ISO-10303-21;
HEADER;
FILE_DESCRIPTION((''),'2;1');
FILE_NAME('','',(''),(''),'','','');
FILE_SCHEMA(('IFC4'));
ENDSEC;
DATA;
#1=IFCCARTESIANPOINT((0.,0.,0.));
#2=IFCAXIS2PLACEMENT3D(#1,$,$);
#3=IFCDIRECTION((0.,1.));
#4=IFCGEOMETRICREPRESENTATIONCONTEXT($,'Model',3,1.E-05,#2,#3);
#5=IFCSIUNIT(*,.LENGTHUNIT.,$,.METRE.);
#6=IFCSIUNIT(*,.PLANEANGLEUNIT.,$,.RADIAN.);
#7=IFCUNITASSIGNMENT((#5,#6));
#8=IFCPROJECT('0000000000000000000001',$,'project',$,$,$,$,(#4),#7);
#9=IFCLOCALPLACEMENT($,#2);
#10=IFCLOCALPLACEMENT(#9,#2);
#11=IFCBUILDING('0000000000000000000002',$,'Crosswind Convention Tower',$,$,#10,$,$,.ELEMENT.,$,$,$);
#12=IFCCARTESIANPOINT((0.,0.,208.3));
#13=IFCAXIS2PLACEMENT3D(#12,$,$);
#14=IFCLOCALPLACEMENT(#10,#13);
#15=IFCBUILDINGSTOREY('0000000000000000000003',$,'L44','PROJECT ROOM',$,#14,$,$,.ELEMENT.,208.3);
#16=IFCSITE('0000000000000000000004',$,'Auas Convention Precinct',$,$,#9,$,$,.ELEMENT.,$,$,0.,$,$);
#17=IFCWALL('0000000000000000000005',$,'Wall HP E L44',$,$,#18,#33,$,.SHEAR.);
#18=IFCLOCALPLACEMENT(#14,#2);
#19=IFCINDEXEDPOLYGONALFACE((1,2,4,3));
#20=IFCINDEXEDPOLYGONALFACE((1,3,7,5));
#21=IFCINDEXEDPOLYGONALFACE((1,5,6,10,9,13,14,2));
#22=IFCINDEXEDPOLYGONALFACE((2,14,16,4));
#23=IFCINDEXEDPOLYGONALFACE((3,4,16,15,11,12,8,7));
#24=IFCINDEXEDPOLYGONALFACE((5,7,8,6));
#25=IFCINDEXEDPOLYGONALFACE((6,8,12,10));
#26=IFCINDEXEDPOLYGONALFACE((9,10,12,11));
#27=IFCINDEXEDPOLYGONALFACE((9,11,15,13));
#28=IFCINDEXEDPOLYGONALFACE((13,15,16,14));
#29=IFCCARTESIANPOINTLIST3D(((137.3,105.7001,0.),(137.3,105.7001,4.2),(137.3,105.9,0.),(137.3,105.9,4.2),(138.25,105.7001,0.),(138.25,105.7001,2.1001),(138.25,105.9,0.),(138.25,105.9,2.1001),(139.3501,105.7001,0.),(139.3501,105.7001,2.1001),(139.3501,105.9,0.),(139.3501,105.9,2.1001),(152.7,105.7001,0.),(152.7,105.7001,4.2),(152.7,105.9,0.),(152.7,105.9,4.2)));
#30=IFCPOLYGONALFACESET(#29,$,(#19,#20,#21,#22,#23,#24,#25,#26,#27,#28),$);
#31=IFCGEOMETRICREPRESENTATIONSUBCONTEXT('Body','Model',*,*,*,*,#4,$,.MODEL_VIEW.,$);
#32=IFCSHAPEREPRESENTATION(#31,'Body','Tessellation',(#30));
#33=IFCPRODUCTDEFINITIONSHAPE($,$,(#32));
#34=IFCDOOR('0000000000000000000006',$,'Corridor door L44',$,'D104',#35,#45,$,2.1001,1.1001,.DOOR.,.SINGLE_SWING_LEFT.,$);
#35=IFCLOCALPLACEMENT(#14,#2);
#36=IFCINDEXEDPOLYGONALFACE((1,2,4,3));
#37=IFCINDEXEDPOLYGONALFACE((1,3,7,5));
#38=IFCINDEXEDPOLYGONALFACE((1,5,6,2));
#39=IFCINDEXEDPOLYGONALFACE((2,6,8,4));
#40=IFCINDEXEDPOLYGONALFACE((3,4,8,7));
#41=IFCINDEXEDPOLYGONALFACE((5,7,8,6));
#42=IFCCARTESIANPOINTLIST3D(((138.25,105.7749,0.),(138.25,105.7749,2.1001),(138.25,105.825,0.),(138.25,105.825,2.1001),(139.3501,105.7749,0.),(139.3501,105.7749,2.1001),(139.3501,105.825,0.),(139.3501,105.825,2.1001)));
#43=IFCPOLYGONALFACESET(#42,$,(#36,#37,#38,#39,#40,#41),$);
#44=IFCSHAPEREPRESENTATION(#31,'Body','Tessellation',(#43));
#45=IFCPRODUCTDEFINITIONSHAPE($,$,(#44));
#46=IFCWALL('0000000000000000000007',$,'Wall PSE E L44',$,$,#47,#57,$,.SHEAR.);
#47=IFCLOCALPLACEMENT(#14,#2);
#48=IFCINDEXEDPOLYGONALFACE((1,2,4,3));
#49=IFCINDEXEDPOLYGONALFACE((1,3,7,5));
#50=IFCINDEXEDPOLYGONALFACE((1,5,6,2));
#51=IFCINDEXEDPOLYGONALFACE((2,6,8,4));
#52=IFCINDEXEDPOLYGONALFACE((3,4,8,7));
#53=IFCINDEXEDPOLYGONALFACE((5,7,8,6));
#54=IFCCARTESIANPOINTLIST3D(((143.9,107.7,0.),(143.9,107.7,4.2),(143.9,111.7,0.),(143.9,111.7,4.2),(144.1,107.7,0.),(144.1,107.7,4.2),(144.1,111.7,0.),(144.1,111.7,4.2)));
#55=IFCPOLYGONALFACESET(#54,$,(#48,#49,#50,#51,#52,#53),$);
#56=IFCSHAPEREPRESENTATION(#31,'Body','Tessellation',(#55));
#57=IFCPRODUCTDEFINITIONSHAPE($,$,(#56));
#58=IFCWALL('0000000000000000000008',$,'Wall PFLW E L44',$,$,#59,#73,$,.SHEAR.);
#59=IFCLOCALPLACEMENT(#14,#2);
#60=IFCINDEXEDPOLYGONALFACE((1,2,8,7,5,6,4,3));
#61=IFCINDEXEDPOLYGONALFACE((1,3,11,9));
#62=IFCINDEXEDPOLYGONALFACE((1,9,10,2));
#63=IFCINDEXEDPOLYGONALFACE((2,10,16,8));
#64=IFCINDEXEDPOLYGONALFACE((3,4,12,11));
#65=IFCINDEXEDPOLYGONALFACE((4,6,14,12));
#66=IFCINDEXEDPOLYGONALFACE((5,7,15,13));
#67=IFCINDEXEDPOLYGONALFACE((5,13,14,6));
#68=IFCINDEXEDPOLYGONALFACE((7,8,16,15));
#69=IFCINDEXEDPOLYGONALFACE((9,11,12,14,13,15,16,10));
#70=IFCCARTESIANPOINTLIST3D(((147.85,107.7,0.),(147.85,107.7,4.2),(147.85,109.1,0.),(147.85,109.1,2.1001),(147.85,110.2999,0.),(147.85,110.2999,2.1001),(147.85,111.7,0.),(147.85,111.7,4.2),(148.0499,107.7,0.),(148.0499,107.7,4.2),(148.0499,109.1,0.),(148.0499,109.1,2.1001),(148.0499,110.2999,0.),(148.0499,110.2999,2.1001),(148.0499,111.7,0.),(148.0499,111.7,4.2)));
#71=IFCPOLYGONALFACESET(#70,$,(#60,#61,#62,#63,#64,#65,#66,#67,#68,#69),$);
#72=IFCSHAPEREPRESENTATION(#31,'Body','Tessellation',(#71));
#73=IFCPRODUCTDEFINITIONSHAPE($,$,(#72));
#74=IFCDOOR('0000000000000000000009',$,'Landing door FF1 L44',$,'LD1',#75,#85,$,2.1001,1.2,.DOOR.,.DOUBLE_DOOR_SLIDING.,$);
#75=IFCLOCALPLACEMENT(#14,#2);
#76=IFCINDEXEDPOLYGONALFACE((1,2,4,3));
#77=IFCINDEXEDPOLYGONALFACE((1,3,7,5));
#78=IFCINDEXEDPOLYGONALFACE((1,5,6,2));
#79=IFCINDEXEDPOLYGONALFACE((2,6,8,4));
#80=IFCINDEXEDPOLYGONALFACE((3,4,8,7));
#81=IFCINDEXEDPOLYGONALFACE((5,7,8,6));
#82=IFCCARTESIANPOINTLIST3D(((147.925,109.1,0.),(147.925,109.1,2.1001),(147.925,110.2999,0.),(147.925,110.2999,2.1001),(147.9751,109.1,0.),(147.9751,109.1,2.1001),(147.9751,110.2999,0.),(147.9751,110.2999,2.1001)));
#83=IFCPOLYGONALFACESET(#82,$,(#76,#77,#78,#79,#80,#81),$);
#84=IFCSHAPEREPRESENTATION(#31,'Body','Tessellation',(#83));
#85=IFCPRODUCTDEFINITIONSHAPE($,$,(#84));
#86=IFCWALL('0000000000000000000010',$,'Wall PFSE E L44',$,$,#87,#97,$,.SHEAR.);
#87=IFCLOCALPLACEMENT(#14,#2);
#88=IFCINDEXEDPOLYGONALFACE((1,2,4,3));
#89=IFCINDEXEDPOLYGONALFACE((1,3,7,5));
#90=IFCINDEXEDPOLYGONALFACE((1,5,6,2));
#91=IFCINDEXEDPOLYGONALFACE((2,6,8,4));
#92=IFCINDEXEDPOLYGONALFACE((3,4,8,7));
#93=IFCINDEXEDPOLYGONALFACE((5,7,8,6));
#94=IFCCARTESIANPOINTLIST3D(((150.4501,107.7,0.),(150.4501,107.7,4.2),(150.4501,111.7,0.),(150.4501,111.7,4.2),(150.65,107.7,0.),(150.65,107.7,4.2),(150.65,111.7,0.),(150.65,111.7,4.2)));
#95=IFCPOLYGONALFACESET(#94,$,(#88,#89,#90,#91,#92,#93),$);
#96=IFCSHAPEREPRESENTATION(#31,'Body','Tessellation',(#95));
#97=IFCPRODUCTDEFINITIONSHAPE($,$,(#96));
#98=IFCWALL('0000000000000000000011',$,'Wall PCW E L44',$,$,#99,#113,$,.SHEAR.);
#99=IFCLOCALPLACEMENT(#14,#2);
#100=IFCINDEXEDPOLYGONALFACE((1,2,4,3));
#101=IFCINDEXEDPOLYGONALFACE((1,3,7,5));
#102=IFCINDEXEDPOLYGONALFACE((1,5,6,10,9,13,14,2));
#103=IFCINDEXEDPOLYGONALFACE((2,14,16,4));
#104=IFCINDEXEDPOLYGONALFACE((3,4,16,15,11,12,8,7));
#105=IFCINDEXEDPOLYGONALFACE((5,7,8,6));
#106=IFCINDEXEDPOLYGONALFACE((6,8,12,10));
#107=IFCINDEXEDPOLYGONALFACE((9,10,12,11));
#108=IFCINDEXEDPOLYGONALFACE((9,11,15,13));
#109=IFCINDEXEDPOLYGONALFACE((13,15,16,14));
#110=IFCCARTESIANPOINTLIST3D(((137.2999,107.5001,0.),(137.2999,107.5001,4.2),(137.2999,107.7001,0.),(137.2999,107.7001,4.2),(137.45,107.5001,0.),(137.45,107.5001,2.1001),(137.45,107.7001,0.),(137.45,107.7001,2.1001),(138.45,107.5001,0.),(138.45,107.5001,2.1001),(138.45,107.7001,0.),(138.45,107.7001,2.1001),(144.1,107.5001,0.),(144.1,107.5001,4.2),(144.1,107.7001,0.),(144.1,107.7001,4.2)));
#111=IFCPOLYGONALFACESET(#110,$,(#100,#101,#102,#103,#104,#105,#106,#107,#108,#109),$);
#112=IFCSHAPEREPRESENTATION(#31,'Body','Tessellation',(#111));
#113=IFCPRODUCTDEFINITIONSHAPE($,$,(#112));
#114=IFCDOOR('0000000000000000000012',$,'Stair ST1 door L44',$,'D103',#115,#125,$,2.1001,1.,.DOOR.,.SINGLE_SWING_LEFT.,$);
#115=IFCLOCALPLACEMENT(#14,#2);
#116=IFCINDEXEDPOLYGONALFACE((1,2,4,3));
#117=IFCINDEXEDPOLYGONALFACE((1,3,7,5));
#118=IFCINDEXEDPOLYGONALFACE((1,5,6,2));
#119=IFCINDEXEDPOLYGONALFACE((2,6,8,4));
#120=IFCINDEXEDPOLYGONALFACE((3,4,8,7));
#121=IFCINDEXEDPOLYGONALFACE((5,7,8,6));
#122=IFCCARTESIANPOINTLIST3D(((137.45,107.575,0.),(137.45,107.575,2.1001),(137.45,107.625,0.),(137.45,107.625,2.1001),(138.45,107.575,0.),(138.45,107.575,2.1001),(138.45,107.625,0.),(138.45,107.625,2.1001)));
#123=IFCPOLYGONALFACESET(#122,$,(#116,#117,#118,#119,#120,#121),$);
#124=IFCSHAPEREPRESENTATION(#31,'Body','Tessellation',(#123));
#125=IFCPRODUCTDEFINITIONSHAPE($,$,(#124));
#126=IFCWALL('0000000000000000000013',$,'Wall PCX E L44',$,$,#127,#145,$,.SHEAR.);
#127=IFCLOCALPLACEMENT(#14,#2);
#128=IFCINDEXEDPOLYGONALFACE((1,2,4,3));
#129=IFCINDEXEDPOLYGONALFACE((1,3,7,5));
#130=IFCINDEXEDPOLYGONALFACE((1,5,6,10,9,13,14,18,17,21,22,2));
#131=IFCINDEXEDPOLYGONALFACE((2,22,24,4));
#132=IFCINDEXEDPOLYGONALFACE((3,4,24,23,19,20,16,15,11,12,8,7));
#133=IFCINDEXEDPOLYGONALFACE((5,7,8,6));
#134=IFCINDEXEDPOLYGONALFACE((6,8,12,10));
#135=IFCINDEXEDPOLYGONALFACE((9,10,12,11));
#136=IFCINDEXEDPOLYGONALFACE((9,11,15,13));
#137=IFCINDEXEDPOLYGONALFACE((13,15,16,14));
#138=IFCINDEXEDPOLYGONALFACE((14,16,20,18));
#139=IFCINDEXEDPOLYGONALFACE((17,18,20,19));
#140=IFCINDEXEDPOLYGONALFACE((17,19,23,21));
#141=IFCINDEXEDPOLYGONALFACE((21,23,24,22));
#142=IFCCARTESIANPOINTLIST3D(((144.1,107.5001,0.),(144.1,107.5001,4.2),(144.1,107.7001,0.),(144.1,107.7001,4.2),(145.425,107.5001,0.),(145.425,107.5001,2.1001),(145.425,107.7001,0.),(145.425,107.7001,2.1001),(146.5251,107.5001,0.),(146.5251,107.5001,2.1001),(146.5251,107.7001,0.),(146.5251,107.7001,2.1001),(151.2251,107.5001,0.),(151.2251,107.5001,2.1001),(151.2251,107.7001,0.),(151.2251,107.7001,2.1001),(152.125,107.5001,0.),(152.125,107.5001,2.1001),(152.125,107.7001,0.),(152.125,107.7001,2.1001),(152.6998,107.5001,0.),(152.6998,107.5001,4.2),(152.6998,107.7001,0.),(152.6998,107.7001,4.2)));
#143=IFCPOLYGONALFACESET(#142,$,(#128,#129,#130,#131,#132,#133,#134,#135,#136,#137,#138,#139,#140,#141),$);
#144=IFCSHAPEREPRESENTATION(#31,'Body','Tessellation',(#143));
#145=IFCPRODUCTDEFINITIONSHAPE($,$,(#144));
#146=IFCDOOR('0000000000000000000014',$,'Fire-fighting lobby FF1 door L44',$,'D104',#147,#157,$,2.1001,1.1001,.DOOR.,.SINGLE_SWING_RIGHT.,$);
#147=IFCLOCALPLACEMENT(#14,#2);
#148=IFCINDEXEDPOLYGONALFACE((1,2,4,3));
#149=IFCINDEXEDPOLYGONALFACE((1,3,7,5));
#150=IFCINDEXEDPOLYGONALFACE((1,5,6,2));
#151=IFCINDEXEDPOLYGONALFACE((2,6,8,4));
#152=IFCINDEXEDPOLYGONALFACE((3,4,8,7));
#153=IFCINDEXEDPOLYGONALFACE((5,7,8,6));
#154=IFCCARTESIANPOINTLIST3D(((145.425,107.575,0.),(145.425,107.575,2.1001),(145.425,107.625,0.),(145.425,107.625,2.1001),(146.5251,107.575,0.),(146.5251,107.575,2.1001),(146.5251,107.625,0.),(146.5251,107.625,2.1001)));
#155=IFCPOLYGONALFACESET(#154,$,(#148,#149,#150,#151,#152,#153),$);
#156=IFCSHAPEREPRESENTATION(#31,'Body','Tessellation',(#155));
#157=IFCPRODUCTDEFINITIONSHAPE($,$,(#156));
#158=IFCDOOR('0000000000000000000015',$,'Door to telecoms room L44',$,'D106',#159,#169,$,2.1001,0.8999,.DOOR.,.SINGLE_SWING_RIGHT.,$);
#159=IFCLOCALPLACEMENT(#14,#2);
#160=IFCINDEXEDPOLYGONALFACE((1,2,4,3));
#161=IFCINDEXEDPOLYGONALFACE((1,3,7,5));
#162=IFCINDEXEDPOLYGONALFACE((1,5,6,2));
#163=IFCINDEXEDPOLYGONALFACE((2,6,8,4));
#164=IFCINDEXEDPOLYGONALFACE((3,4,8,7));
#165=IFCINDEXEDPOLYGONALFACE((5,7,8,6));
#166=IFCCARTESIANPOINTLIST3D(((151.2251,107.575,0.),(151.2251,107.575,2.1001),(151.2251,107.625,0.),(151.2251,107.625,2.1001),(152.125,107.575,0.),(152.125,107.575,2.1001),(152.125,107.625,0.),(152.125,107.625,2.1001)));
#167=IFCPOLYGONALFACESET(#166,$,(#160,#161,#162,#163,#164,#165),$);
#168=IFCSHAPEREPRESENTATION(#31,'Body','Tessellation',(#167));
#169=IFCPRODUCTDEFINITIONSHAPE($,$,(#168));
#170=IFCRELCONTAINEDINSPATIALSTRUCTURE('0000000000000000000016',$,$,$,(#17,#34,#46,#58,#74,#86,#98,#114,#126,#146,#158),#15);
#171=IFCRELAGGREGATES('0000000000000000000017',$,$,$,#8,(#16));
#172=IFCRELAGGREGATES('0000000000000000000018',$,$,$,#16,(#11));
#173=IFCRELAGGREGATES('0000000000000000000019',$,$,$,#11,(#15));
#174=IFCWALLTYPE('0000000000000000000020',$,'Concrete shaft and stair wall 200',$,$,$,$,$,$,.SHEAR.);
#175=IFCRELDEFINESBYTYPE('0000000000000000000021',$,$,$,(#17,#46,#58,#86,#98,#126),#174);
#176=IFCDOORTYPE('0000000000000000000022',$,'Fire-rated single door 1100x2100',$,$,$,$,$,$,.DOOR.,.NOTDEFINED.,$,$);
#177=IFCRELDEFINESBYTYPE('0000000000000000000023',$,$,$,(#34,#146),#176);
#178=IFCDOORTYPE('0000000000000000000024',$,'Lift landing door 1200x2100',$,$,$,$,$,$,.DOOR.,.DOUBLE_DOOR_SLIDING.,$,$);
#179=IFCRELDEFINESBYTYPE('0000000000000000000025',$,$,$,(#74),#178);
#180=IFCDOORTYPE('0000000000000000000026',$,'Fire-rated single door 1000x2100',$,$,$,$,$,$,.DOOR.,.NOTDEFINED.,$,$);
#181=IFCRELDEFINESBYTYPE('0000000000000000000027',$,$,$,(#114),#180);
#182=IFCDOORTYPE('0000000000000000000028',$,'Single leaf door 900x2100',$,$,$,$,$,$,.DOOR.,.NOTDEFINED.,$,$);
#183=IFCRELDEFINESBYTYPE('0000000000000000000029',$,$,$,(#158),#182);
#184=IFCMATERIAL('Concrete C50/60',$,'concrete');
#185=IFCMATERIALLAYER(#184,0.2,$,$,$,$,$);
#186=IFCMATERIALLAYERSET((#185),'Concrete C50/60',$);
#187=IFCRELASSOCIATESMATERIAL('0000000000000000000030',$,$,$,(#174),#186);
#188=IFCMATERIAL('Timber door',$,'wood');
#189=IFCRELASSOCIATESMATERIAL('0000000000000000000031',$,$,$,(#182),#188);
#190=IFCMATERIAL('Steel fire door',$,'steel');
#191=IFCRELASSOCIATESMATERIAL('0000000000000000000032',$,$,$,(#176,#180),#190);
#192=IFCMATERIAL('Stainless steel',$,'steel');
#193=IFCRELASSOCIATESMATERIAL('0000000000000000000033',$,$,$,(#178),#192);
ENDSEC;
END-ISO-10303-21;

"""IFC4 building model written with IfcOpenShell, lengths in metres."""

from ifc_helpers import new_model, si_unit, direction, frame, frame_2d, origin, place, context, subcontext, project, spatial, rectangle, extrude, material, layer, layer_set, type_object, element, fill, save


model = new_model("IFC4")

# Units and contexts
model_context = context("Model", 3, precision=1e-05, world=origin(), true_north=direction((0.0, 1.0)))
body_context = subcontext(model_context, "Body", "Model", "MODEL_VIEW")
ifc_project = project(units=[si_unit("LENGTHUNIT", "METRE"), si_unit("PLANEANGLEUNIT", "RADIAN")], contexts=[model_context])

# Site, building, storey
site_placement = place(None, origin())
site = spatial("IfcSite", under=ifc_project, at=site_placement, Name="Auas Convention Precinct", CompositionType="ELEMENT", RefElevation=0.0)
building_placement = place(site_placement, origin())
building = spatial("IfcBuilding", under=site, at=building_placement, Name="Crosswind Convention Tower", CompositionType="ELEMENT")
storey_placement = place(building_placement, frame((0.0, 0.0, 208.3)))
storey = spatial("IfcBuildingStorey", under=building, at=storey_placement, Name="L44", Description="PROJECT ROOM", CompositionType="ELEMENT", Elevation=208.3)

# Shared definitions
ifc_material_1 = material(Name="Concrete C50/60", Category="concrete")
ifc_layer_1 = layer(ifc_material_1, 0.2)
ifc_layer_set_1 = layer_set([ifc_layer_1], Name="Concrete C50/60")
wall_type_1 = type_object("IfcWallType", Name="Concrete shaft and stair wall 200", PredefinedType="SHEAR", material=ifc_layer_set_1)

# Shared definitions
ifc_material_2 = material(Name="Timber door", Category="wood")
door_type_1 = type_object("IfcDoorType", Name="Single leaf door 900x2100", OperationType="NOTDEFINED", PredefinedType="DOOR", material=ifc_material_2)

# Wall, opening, door
wall_1_placement = place(storey_placement, frame((137.3, 105.8, 0.0), z_axis=(0.0, 0.0, 1.0), x_axis=(1.0, 0.0, 0.0)))
wall_1 = element("IfcWall", 1, at=wall_1_placement, inside=storey, type_object=wall_type_1, Name="Wall HP E L44", PredefinedType="SHEAR", context=body_context, shape_type="SweptSolid", body=[
    extrude(rectangle(XDim=15.3999, YDim=0.2, at=frame_2d((7.7, 0.0))), origin(), (0.0, 0.0, 1.0), 4.2),
])
opening_1_placement = place(wall_1_placement, frame((0.95, 0.0, 0.0)))
opening_1 = element("IfcOpeningElement", 2, at=opening_1_placement, cuts=wall_1, PredefinedType="OPENING", context=body_context, shape_type="SweptSolid", body=[
    extrude(rectangle(XDim=1.1001, YDim=2.1001, at=frame_2d((0.55, 1.05))), frame((0.0, 0.1099, 0.0), z_axis=(0.0, -1.0, 0.0), x_axis=(1.0, 0.0, 0.0)), (0.0, 0.0, 1.0), 0.22),
])
ifc_material_3 = material(Name="Steel fire door", Category="steel")
door_type_2 = type_object("IfcDoorType", Name="Fire-rated single door 1100x2100", OperationType="NOTDEFINED", PredefinedType="DOOR", material=ifc_material_3)
door_1_placement = place(opening_1_placement, origin())
door_1 = element("IfcDoor", 3, at=door_1_placement, inside=storey, type_object=door_type_2, Name="Corridor door L44", ObjectType="D104", OperationType="SINGLE_SWING_LEFT", OverallHeight=2.1001, OverallWidth=1.1001, PredefinedType="DOOR", context=body_context, shape_type="SweptSolid", body=[
    extrude(rectangle(XDim=1.1001, YDim=2.1001, at=frame_2d((0.55, 1.05))), frame((0.0, 0.0249, 0.0), z_axis=(0.0, -1.0, 0.0), x_axis=(1.0, 0.0, 0.0)), (0.0, 0.0, 1.0), 0.05),
])
fill(opening_1, door_1)

# Wall
wall_2_placement = place(storey_placement, frame((144.0, 107.7, 0.0), z_axis=(0.0, 0.0, 1.0), x_axis=(0.0, 1.0, 0.0)))
element("IfcWall", 4, at=wall_2_placement, inside=storey, type_object=wall_type_1, Name="Wall PSE E L44", PredefinedType="SHEAR", context=body_context, shape_type="SweptSolid", body=[
    extrude(rectangle(XDim=4.0, YDim=0.2, at=frame_2d((2.0, 0.0))), origin(), (0.0, 0.0, 1.0), 4.2),
])

# Wall, opening, door
wall_3_placement = place(storey_placement, frame((147.95, 107.7, 0.0), z_axis=(0.0, 0.0, 1.0), x_axis=(0.0, 1.0, 0.0)))
wall_3 = element("IfcWall", 5, at=wall_3_placement, inside=storey, type_object=wall_type_1, Name="Wall PFLW E L44", PredefinedType="SHEAR", context=body_context, shape_type="SweptSolid", body=[
    extrude(rectangle(XDim=4.0, YDim=0.2, at=frame_2d((2.0, 0.0))), origin(), (0.0, 0.0, 1.0), 4.2),
])
opening_2_placement = place(wall_3_placement, frame((1.3999, 0.0, 0.0)))
opening_2 = element("IfcOpeningElement", 6, at=opening_2_placement, cuts=wall_3, PredefinedType="OPENING", context=body_context, shape_type="SweptSolid", body=[
    extrude(rectangle(XDim=1.2, YDim=2.1001, at=frame_2d((0.6001, 1.05))), frame((0.0, 0.1099, 0.0), z_axis=(0.0, -1.0, 0.0), x_axis=(1.0, 0.0, 0.0)), (0.0, 0.0, 1.0), 0.22),
])
ifc_material_4 = material(Name="Stainless steel", Category="steel")
door_type_3 = type_object("IfcDoorType", Name="Lift landing door 1200x2100", OperationType="DOUBLE_DOOR_SLIDING", PredefinedType="DOOR", material=ifc_material_4)
door_2_placement = place(opening_2_placement, origin())
door_2 = element("IfcDoor", 7, at=door_2_placement, inside=storey, type_object=door_type_3, Name="Landing door FF1 L44", ObjectType="LD1", OperationType="DOUBLE_DOOR_SLIDING", OverallHeight=2.1001, OverallWidth=1.2, PredefinedType="DOOR", context=body_context, shape_type="SweptSolid", body=[
    extrude(rectangle(XDim=1.2, YDim=2.1001, at=frame_2d((0.6001, 1.05))), frame((0.0, 0.0249, 0.0), z_axis=(0.0, -1.0, 0.0), x_axis=(1.0, 0.0, 0.0)), (0.0, 0.0, 1.0), 0.05),
])
fill(opening_2, door_2)

# Wall
wall_4_placement = place(storey_placement, frame((150.55, 107.7, 0.0), z_axis=(0.0, 0.0, 1.0), x_axis=(0.0, 1.0, 0.0)))
element("IfcWall", 8, at=wall_4_placement, inside=storey, type_object=wall_type_1, Name="Wall PFSE E L44", PredefinedType="SHEAR", context=body_context, shape_type="SweptSolid", body=[
    extrude(rectangle(XDim=4.0, YDim=0.2, at=frame_2d((2.0, 0.0))), origin(), (0.0, 0.0, 1.0), 4.2),
])

# Wall, opening, door
wall_5_placement = place(storey_placement, frame((137.3, 107.6001, 0.0), z_axis=(0.0, 0.0, 1.0), x_axis=(1.0, 0.0, 0.0)))
wall_5 = element("IfcWall", 9, at=wall_5_placement, inside=storey, type_object=wall_type_1, Name="Wall PCW E L44", PredefinedType="SHEAR", context=body_context, shape_type="SweptSolid", body=[
    extrude(rectangle(XDim=6.8, YDim=0.2, at=frame_2d((3.3999, 0.0))), origin(), (0.0, 0.0, 1.0), 4.2),
])
opening_3_placement = place(wall_5_placement, frame((0.1499, 0.0, 0.0)))
opening_3 = element("IfcOpeningElement", 10, at=opening_3_placement, cuts=wall_5, PredefinedType="OPENING", context=body_context, shape_type="SweptSolid", body=[
    extrude(rectangle(XDim=1.0, YDim=2.1001, at=frame_2d((0.5, 1.05))), frame((0.0, 0.1099, 0.0), z_axis=(0.0, -1.0, 0.0), x_axis=(1.0, 0.0, 0.0)), (0.0, 0.0, 1.0), 0.22),
])
door_type_4 = type_object("IfcDoorType", Name="Fire-rated single door 1000x2100", OperationType="NOTDEFINED", PredefinedType="DOOR", material=ifc_material_3)
door_3_placement = place(opening_3_placement, origin())
door_3 = element("IfcDoor", 11, at=door_3_placement, inside=storey, type_object=door_type_4, Name="Stair ST1 door L44", ObjectType="D103", OperationType="SINGLE_SWING_LEFT", OverallHeight=2.1001, OverallWidth=1.0, PredefinedType="DOOR", context=body_context, shape_type="SweptSolid", body=[
    extrude(rectangle(XDim=1.0, YDim=2.1001, at=frame_2d((0.5, 1.05))), frame((0.0, 0.0249, 0.0), z_axis=(0.0, -1.0, 0.0), x_axis=(1.0, 0.0, 0.0)), (0.0, 0.0, 1.0), 0.05),
])
fill(opening_3, door_3)

# Wall, openings, doors
wall_6_placement = place(storey_placement, frame((144.1001, 107.6001, 0.0), z_axis=(0.0, 0.0, 1.0), x_axis=(1.0, 0.0, 0.0)))
wall_6 = element("IfcWall", 12, at=wall_6_placement, inside=storey, type_object=wall_type_1, Name="Wall PCX E L44", PredefinedType="SHEAR", context=body_context, shape_type="SweptSolid", body=[
    extrude(rectangle(XDim=8.5999, YDim=0.2, at=frame_2d((4.2998, 0.0))), origin(), (0.0, 0.0, 1.0), 4.2),
])
opening_4_placement = place(wall_6_placement, frame((1.325, 0.0, 0.0)))
opening_4 = element("IfcOpeningElement", 13, at=opening_4_placement, cuts=wall_6, PredefinedType="OPENING", context=body_context, shape_type="SweptSolid", body=[
    extrude(rectangle(XDim=1.1001, YDim=2.1001, at=frame_2d((0.55, 1.05))), frame((0.0, 0.1099, 0.0), z_axis=(0.0, -1.0, 0.0), x_axis=(1.0, 0.0, 0.0)), (0.0, 0.0, 1.0), 0.22),
])
opening_5_placement = place(wall_6_placement, frame((7.125, 0.0, 0.0)))
opening_5 = element("IfcOpeningElement", 14, at=opening_5_placement, cuts=wall_6, PredefinedType="OPENING", context=body_context, shape_type="SweptSolid", body=[
    extrude(rectangle(XDim=0.8999, YDim=2.1001, at=frame_2d((0.45, 1.05))), frame((0.0, 0.1099, 0.0), z_axis=(0.0, -1.0, 0.0), x_axis=(1.0, 0.0, 0.0)), (0.0, 0.0, 1.0), 0.22),
])
door_4_placement = place(opening_4_placement, origin())
door_4 = element("IfcDoor", 15, at=door_4_placement, inside=storey, type_object=door_type_2, Name="Fire-fighting lobby FF1 door L44", ObjectType="D104", OperationType="SINGLE_SWING_RIGHT", OverallHeight=2.1001, OverallWidth=1.1001, PredefinedType="DOOR", context=body_context, shape_type="SweptSolid", body=[
    extrude(rectangle(XDim=1.1001, YDim=2.1001, at=frame_2d((0.55, 1.05))), frame((0.0, 0.0249, 0.0), z_axis=(0.0, -1.0, 0.0), x_axis=(1.0, 0.0, 0.0)), (0.0, 0.0, 1.0), 0.05),
])
fill(opening_4, door_4)
door_5_placement = place(opening_5_placement, origin())
door_5 = element("IfcDoor", 16, at=door_5_placement, inside=storey, type_object=door_type_1, Name="Door to telecoms room L44", ObjectType="D106", OperationType="SINGLE_SWING_RIGHT", OverallHeight=2.1001, OverallWidth=0.8999, PredefinedType="DOOR", context=body_context, shape_type="SweptSolid", body=[
    extrude(rectangle(XDim=0.8999, YDim=2.1001, at=frame_2d((0.45, 1.05))), frame((0.0, 0.0249, 0.0), z_axis=(0.0, -1.0, 0.0), x_axis=(1.0, 0.0, 0.0)), (0.0, 0.0, 1.0), 0.05),
])
fill(opening_5, door_5)

save(model, "model.ifc")
